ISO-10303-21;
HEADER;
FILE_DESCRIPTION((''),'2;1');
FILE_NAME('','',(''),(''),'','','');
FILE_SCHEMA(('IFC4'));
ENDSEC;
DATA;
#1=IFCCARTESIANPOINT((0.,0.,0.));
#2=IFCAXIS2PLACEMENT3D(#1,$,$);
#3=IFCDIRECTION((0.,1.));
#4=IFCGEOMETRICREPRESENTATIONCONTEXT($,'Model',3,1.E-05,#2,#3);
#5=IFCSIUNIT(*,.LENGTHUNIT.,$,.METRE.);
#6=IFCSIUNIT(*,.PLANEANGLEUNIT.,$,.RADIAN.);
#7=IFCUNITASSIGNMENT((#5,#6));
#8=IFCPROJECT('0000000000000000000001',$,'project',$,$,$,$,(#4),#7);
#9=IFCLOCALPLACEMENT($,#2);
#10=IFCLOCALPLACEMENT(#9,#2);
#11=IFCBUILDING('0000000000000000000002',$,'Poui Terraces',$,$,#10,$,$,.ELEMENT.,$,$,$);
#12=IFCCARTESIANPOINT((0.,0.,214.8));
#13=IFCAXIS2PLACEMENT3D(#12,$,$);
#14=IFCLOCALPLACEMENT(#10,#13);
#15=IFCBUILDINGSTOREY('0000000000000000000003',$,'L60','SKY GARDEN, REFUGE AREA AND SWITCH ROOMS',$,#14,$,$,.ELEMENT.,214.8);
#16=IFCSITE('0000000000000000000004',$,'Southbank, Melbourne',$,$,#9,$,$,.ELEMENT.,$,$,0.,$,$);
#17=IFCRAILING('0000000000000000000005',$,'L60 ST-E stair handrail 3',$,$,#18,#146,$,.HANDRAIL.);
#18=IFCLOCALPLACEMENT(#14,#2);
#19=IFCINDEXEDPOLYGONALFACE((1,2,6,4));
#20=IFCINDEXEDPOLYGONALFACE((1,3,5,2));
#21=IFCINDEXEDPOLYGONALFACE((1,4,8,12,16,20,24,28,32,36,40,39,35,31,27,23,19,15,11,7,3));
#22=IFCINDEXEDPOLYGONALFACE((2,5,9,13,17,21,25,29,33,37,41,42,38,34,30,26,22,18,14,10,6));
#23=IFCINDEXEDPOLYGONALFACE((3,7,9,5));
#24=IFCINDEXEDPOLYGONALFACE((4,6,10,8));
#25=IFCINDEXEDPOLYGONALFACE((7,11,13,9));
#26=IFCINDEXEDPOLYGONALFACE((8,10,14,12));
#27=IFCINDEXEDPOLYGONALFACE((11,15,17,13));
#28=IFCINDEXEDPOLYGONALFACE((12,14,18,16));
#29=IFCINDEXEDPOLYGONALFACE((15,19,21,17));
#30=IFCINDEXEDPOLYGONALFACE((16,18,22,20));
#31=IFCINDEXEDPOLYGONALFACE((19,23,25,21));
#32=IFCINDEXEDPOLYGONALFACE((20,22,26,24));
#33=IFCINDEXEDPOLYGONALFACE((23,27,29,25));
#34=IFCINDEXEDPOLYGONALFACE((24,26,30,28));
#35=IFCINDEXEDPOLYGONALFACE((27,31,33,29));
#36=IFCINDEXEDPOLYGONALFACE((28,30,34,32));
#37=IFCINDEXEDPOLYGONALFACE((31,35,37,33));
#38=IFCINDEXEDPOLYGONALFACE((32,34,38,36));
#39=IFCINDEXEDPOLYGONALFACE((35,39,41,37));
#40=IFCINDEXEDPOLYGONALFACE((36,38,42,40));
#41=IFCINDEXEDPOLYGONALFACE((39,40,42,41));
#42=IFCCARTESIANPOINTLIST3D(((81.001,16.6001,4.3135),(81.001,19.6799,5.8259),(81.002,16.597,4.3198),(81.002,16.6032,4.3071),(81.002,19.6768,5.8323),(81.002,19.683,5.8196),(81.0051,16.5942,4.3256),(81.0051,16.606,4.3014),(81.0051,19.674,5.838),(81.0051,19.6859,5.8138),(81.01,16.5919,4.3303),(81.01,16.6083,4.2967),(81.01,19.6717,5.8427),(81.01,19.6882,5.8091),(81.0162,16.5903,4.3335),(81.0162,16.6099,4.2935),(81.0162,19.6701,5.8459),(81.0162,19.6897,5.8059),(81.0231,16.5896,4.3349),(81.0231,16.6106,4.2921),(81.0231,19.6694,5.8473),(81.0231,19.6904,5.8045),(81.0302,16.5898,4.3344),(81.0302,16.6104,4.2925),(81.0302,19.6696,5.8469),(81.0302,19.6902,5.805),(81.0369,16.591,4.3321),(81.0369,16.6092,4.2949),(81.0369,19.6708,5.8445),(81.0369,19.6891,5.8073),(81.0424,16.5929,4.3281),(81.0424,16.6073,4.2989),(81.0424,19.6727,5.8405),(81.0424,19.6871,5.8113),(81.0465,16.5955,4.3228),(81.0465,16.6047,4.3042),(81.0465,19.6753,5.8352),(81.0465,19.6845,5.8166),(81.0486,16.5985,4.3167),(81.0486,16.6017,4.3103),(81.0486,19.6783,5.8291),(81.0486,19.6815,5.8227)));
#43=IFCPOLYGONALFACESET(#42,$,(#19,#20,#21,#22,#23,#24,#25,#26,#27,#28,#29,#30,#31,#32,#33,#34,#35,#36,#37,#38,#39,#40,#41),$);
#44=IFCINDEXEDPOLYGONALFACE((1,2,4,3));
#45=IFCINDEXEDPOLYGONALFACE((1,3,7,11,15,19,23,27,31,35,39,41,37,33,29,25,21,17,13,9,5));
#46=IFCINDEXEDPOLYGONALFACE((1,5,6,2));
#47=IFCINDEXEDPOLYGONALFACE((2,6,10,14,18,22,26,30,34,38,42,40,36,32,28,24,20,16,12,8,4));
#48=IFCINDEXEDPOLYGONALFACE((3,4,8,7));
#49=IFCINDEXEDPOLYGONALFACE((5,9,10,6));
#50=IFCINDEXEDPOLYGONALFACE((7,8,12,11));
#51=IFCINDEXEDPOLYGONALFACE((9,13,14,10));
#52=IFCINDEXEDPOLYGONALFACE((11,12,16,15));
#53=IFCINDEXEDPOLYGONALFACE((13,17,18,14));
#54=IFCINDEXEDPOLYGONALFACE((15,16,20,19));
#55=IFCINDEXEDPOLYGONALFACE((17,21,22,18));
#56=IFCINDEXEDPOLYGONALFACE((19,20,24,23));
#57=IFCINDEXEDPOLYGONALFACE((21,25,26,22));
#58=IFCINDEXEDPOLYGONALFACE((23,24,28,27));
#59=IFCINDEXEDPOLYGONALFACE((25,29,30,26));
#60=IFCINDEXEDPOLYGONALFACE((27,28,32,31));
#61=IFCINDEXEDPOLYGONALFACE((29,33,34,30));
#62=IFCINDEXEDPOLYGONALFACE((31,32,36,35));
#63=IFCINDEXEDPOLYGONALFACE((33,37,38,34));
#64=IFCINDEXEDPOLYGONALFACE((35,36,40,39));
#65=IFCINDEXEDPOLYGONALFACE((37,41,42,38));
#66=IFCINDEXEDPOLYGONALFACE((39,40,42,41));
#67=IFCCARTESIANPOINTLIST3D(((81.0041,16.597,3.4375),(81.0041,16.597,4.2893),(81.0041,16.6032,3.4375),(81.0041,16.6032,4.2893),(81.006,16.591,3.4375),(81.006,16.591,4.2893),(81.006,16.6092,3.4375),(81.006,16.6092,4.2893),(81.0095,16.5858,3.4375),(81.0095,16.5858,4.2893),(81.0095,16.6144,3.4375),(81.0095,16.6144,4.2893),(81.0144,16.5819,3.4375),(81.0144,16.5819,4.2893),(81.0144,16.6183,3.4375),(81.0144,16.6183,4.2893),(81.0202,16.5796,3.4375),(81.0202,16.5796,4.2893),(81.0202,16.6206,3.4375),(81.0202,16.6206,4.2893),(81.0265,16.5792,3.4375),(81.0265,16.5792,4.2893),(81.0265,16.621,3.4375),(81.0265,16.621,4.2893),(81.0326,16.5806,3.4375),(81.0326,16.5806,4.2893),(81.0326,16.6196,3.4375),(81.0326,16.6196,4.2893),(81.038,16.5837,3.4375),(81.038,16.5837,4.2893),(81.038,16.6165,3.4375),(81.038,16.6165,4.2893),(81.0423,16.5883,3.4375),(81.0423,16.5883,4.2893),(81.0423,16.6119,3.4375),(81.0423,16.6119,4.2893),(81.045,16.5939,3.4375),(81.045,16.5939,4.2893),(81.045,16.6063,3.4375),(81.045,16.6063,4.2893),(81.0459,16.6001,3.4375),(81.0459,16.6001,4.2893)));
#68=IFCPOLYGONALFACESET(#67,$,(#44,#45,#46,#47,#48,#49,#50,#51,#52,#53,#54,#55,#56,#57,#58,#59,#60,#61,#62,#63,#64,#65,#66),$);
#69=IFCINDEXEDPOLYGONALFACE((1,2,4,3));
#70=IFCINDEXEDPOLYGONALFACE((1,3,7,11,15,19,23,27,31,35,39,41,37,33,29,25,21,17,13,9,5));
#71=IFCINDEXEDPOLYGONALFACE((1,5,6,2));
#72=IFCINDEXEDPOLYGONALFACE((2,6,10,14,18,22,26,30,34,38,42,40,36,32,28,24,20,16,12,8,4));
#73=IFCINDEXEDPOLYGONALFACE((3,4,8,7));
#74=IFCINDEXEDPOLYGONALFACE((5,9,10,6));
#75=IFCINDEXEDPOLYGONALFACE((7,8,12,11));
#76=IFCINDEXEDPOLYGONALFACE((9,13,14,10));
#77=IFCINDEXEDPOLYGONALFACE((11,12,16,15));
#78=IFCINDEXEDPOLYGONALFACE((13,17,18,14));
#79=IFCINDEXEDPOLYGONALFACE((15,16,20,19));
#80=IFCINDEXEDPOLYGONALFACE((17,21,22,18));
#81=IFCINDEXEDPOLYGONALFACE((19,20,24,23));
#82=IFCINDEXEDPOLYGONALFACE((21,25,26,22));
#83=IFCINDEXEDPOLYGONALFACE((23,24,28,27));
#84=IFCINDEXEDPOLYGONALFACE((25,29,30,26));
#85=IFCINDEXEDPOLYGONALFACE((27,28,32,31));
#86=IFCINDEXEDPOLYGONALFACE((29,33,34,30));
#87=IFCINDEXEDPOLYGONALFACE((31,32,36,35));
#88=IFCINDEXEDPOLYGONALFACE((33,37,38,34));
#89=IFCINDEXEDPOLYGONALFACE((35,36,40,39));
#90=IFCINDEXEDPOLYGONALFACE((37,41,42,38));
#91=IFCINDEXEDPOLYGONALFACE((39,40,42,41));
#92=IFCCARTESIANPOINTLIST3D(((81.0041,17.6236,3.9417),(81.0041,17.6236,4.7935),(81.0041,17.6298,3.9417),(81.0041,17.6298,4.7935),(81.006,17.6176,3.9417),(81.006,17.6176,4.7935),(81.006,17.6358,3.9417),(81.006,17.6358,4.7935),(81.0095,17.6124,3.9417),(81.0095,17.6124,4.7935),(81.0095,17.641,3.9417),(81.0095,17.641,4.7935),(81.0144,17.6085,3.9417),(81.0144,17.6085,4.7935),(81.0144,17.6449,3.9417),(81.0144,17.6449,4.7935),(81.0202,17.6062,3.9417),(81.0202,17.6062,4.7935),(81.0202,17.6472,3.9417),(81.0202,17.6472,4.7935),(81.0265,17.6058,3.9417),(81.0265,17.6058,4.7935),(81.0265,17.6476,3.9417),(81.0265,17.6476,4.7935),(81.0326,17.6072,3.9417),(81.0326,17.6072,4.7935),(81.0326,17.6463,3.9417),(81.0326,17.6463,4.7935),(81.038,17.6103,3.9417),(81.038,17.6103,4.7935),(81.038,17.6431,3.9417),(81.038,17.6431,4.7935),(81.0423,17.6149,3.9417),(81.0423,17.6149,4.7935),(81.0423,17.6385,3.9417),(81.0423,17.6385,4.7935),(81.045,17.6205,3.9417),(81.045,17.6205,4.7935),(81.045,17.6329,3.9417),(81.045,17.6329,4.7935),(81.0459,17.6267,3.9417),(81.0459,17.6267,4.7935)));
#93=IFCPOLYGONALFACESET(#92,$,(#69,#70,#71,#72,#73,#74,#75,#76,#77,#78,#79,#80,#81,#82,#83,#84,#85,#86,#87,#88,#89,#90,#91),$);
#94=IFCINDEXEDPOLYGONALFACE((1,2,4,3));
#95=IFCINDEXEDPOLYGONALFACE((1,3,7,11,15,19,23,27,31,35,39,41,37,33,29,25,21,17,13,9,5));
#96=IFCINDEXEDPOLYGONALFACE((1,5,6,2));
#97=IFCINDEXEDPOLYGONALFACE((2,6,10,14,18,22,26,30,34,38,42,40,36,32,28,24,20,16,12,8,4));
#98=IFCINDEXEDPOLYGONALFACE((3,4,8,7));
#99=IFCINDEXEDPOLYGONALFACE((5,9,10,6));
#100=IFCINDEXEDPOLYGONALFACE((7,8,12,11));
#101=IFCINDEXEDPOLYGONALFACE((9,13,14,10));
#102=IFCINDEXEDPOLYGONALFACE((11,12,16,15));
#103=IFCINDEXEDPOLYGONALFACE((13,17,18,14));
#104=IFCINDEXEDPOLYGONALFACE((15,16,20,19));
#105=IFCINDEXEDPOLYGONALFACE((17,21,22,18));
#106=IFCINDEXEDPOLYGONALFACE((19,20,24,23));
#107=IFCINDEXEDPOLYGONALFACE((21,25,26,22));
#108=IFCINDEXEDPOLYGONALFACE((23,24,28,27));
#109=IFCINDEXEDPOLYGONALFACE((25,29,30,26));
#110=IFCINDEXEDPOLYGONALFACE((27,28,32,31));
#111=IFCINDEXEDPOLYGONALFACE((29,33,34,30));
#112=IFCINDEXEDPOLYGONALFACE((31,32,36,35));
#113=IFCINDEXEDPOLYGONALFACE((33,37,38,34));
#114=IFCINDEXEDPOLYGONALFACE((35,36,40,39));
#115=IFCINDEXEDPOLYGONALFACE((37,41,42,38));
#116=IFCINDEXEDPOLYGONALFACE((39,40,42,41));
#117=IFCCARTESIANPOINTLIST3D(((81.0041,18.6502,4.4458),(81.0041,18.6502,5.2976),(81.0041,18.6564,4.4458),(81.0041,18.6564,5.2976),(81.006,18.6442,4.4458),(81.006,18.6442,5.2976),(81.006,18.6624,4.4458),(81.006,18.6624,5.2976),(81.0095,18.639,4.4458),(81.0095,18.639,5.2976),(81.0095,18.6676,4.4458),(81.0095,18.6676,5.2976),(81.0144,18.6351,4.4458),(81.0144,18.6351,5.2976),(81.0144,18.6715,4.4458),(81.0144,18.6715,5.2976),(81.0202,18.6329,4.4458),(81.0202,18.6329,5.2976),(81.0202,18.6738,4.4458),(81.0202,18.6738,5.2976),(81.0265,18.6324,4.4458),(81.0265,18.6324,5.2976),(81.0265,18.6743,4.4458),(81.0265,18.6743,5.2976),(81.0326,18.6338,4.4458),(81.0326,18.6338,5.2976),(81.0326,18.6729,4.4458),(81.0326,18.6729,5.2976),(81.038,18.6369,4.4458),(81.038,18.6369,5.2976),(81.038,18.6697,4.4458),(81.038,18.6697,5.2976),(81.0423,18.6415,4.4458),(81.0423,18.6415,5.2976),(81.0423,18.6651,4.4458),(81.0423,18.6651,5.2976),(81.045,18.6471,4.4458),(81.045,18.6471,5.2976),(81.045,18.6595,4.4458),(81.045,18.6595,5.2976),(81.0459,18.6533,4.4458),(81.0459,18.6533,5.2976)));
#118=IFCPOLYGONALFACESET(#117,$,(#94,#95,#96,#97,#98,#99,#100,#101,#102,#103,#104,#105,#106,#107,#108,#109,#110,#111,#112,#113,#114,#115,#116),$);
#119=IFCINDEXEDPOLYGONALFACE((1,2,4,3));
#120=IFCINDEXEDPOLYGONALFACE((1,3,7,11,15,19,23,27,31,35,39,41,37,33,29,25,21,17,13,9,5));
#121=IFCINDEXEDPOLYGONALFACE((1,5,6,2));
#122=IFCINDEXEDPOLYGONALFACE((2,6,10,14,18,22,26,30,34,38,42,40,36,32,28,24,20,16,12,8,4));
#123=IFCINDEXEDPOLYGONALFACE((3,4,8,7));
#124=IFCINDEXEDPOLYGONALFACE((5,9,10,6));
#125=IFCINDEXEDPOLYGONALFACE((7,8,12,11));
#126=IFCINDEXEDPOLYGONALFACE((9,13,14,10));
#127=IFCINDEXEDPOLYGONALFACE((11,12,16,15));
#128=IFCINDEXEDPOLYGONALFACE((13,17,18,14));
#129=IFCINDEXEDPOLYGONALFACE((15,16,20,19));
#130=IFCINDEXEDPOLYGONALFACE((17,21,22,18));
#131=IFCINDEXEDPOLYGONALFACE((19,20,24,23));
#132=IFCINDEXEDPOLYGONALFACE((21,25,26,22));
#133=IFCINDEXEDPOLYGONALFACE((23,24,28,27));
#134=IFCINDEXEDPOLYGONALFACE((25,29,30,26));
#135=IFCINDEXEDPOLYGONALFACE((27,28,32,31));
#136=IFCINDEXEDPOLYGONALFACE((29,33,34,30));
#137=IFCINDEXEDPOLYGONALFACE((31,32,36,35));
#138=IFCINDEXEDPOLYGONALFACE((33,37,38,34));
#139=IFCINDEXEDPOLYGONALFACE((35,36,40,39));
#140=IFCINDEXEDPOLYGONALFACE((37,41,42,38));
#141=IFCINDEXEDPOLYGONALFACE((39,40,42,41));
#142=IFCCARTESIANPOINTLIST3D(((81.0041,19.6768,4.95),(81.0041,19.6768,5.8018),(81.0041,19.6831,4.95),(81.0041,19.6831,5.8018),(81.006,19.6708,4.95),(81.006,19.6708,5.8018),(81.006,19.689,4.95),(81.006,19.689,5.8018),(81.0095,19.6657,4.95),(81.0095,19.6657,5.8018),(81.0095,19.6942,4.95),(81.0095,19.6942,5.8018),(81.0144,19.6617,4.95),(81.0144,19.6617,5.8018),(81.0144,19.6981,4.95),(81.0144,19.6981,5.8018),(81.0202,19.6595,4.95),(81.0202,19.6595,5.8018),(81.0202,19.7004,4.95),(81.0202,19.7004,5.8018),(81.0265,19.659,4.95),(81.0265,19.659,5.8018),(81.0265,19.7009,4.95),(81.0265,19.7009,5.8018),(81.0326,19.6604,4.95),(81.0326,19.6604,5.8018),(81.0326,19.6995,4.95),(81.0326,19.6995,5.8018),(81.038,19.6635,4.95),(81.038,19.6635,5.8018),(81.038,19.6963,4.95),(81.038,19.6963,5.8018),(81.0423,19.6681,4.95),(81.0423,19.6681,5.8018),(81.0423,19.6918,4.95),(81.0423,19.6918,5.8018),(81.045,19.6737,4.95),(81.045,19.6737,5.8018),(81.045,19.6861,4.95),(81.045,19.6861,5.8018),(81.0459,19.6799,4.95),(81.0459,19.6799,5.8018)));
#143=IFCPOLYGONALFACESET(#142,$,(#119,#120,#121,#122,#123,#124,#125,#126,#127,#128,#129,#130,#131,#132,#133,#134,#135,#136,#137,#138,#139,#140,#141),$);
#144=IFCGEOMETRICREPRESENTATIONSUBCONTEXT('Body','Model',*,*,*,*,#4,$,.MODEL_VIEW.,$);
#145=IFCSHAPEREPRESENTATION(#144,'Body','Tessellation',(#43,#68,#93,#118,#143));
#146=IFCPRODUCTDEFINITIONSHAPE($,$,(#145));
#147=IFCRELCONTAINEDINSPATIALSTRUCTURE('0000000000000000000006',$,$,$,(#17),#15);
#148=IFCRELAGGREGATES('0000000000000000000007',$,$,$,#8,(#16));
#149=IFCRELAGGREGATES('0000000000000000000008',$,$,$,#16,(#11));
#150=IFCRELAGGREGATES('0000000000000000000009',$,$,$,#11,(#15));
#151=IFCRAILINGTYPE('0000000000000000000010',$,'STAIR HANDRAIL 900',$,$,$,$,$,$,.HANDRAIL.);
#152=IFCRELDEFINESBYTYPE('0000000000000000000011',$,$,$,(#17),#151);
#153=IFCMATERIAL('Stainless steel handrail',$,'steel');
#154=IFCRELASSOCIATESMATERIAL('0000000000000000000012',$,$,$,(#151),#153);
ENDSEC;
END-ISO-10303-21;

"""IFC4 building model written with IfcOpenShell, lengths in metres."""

from ifc_helpers import new_model, si_unit, direction, frame, origin, origin_2d, place, context, subcontext, project, spatial, circle, extrude, material, type_object, element, save


model = new_model("IFC4")

# Units and contexts
model_context = context("Model", 3, precision=1e-05, world=origin(), true_north=direction((0.0, 1.0)))
body_context = subcontext(model_context, "Body", "Model", "MODEL_VIEW")
ifc_project = project(units=[si_unit("LENGTHUNIT", "METRE"), si_unit("PLANEANGLEUNIT", "RADIAN")], contexts=[model_context])

# Site, building, storey
site_placement = place(None, origin())
site = spatial("IfcSite", under=ifc_project, at=site_placement, Name="Southbank, Melbourne", CompositionType="ELEMENT", RefElevation=0.0)
building_placement = place(site_placement, origin())
building = spatial("IfcBuilding", under=site, at=building_placement, Name="Poui Terraces", CompositionType="ELEMENT")
storey_placement = place(building_placement, frame((0.0, 0.0, 214.8)))
storey = spatial("IfcBuildingStorey", under=building, at=storey_placement, Name="L60", Description="SKY GARDEN, REFUGE AREA AND SWITCH ROOMS", CompositionType="ELEMENT", Elevation=214.8)

# Railing
ifc_material_1 = material(Name="Stainless steel handrail", Category="steel")
railing_type_1 = type_object("IfcRailingType", Name="STAIR HANDRAIL 900", PredefinedType="HANDRAIL", material=ifc_material_1)
railing_1_placement = place(storey_placement, frame((81.0249, 16.6001, 3.4375)))
element("IfcRailing", 1, at=railing_1_placement, inside=storey, type_object=railing_type_1, Name="L60 ST-E stair handrail 3", PredefinedType="HANDRAIL", context=body_context, shape_type="SweptSolid", body=[
    extrude(circle(Radius=0.0239, at=origin_2d()), frame((0.0, 0.0, 0.876), z_axis=(0.0, 0.897606, 0.440798), x_axis=(-1.0, 0.0, 0.0)), (0.0, 0.0, 1.0), 3.4312),
    extrude(circle(Radius=0.021, at=origin_2d()), origin(), (0.0, 0.0, 1.0), 0.8518),
    extrude(circle(Radius=0.021, at=origin_2d()), frame((0.0, 1.0266, 0.5042)), (0.0, 0.0, 1.0), 0.8518),
    extrude(circle(Radius=0.021, at=origin_2d()), frame((0.0, 2.0532, 1.0083)), (0.0, 0.0, 1.0), 0.8518),
    extrude(circle(Radius=0.021, at=origin_2d()), frame((0.0, 3.0798, 1.5125)), (0.0, 0.0, 1.0), 0.8518),
])

save(model, "model.ifc")
